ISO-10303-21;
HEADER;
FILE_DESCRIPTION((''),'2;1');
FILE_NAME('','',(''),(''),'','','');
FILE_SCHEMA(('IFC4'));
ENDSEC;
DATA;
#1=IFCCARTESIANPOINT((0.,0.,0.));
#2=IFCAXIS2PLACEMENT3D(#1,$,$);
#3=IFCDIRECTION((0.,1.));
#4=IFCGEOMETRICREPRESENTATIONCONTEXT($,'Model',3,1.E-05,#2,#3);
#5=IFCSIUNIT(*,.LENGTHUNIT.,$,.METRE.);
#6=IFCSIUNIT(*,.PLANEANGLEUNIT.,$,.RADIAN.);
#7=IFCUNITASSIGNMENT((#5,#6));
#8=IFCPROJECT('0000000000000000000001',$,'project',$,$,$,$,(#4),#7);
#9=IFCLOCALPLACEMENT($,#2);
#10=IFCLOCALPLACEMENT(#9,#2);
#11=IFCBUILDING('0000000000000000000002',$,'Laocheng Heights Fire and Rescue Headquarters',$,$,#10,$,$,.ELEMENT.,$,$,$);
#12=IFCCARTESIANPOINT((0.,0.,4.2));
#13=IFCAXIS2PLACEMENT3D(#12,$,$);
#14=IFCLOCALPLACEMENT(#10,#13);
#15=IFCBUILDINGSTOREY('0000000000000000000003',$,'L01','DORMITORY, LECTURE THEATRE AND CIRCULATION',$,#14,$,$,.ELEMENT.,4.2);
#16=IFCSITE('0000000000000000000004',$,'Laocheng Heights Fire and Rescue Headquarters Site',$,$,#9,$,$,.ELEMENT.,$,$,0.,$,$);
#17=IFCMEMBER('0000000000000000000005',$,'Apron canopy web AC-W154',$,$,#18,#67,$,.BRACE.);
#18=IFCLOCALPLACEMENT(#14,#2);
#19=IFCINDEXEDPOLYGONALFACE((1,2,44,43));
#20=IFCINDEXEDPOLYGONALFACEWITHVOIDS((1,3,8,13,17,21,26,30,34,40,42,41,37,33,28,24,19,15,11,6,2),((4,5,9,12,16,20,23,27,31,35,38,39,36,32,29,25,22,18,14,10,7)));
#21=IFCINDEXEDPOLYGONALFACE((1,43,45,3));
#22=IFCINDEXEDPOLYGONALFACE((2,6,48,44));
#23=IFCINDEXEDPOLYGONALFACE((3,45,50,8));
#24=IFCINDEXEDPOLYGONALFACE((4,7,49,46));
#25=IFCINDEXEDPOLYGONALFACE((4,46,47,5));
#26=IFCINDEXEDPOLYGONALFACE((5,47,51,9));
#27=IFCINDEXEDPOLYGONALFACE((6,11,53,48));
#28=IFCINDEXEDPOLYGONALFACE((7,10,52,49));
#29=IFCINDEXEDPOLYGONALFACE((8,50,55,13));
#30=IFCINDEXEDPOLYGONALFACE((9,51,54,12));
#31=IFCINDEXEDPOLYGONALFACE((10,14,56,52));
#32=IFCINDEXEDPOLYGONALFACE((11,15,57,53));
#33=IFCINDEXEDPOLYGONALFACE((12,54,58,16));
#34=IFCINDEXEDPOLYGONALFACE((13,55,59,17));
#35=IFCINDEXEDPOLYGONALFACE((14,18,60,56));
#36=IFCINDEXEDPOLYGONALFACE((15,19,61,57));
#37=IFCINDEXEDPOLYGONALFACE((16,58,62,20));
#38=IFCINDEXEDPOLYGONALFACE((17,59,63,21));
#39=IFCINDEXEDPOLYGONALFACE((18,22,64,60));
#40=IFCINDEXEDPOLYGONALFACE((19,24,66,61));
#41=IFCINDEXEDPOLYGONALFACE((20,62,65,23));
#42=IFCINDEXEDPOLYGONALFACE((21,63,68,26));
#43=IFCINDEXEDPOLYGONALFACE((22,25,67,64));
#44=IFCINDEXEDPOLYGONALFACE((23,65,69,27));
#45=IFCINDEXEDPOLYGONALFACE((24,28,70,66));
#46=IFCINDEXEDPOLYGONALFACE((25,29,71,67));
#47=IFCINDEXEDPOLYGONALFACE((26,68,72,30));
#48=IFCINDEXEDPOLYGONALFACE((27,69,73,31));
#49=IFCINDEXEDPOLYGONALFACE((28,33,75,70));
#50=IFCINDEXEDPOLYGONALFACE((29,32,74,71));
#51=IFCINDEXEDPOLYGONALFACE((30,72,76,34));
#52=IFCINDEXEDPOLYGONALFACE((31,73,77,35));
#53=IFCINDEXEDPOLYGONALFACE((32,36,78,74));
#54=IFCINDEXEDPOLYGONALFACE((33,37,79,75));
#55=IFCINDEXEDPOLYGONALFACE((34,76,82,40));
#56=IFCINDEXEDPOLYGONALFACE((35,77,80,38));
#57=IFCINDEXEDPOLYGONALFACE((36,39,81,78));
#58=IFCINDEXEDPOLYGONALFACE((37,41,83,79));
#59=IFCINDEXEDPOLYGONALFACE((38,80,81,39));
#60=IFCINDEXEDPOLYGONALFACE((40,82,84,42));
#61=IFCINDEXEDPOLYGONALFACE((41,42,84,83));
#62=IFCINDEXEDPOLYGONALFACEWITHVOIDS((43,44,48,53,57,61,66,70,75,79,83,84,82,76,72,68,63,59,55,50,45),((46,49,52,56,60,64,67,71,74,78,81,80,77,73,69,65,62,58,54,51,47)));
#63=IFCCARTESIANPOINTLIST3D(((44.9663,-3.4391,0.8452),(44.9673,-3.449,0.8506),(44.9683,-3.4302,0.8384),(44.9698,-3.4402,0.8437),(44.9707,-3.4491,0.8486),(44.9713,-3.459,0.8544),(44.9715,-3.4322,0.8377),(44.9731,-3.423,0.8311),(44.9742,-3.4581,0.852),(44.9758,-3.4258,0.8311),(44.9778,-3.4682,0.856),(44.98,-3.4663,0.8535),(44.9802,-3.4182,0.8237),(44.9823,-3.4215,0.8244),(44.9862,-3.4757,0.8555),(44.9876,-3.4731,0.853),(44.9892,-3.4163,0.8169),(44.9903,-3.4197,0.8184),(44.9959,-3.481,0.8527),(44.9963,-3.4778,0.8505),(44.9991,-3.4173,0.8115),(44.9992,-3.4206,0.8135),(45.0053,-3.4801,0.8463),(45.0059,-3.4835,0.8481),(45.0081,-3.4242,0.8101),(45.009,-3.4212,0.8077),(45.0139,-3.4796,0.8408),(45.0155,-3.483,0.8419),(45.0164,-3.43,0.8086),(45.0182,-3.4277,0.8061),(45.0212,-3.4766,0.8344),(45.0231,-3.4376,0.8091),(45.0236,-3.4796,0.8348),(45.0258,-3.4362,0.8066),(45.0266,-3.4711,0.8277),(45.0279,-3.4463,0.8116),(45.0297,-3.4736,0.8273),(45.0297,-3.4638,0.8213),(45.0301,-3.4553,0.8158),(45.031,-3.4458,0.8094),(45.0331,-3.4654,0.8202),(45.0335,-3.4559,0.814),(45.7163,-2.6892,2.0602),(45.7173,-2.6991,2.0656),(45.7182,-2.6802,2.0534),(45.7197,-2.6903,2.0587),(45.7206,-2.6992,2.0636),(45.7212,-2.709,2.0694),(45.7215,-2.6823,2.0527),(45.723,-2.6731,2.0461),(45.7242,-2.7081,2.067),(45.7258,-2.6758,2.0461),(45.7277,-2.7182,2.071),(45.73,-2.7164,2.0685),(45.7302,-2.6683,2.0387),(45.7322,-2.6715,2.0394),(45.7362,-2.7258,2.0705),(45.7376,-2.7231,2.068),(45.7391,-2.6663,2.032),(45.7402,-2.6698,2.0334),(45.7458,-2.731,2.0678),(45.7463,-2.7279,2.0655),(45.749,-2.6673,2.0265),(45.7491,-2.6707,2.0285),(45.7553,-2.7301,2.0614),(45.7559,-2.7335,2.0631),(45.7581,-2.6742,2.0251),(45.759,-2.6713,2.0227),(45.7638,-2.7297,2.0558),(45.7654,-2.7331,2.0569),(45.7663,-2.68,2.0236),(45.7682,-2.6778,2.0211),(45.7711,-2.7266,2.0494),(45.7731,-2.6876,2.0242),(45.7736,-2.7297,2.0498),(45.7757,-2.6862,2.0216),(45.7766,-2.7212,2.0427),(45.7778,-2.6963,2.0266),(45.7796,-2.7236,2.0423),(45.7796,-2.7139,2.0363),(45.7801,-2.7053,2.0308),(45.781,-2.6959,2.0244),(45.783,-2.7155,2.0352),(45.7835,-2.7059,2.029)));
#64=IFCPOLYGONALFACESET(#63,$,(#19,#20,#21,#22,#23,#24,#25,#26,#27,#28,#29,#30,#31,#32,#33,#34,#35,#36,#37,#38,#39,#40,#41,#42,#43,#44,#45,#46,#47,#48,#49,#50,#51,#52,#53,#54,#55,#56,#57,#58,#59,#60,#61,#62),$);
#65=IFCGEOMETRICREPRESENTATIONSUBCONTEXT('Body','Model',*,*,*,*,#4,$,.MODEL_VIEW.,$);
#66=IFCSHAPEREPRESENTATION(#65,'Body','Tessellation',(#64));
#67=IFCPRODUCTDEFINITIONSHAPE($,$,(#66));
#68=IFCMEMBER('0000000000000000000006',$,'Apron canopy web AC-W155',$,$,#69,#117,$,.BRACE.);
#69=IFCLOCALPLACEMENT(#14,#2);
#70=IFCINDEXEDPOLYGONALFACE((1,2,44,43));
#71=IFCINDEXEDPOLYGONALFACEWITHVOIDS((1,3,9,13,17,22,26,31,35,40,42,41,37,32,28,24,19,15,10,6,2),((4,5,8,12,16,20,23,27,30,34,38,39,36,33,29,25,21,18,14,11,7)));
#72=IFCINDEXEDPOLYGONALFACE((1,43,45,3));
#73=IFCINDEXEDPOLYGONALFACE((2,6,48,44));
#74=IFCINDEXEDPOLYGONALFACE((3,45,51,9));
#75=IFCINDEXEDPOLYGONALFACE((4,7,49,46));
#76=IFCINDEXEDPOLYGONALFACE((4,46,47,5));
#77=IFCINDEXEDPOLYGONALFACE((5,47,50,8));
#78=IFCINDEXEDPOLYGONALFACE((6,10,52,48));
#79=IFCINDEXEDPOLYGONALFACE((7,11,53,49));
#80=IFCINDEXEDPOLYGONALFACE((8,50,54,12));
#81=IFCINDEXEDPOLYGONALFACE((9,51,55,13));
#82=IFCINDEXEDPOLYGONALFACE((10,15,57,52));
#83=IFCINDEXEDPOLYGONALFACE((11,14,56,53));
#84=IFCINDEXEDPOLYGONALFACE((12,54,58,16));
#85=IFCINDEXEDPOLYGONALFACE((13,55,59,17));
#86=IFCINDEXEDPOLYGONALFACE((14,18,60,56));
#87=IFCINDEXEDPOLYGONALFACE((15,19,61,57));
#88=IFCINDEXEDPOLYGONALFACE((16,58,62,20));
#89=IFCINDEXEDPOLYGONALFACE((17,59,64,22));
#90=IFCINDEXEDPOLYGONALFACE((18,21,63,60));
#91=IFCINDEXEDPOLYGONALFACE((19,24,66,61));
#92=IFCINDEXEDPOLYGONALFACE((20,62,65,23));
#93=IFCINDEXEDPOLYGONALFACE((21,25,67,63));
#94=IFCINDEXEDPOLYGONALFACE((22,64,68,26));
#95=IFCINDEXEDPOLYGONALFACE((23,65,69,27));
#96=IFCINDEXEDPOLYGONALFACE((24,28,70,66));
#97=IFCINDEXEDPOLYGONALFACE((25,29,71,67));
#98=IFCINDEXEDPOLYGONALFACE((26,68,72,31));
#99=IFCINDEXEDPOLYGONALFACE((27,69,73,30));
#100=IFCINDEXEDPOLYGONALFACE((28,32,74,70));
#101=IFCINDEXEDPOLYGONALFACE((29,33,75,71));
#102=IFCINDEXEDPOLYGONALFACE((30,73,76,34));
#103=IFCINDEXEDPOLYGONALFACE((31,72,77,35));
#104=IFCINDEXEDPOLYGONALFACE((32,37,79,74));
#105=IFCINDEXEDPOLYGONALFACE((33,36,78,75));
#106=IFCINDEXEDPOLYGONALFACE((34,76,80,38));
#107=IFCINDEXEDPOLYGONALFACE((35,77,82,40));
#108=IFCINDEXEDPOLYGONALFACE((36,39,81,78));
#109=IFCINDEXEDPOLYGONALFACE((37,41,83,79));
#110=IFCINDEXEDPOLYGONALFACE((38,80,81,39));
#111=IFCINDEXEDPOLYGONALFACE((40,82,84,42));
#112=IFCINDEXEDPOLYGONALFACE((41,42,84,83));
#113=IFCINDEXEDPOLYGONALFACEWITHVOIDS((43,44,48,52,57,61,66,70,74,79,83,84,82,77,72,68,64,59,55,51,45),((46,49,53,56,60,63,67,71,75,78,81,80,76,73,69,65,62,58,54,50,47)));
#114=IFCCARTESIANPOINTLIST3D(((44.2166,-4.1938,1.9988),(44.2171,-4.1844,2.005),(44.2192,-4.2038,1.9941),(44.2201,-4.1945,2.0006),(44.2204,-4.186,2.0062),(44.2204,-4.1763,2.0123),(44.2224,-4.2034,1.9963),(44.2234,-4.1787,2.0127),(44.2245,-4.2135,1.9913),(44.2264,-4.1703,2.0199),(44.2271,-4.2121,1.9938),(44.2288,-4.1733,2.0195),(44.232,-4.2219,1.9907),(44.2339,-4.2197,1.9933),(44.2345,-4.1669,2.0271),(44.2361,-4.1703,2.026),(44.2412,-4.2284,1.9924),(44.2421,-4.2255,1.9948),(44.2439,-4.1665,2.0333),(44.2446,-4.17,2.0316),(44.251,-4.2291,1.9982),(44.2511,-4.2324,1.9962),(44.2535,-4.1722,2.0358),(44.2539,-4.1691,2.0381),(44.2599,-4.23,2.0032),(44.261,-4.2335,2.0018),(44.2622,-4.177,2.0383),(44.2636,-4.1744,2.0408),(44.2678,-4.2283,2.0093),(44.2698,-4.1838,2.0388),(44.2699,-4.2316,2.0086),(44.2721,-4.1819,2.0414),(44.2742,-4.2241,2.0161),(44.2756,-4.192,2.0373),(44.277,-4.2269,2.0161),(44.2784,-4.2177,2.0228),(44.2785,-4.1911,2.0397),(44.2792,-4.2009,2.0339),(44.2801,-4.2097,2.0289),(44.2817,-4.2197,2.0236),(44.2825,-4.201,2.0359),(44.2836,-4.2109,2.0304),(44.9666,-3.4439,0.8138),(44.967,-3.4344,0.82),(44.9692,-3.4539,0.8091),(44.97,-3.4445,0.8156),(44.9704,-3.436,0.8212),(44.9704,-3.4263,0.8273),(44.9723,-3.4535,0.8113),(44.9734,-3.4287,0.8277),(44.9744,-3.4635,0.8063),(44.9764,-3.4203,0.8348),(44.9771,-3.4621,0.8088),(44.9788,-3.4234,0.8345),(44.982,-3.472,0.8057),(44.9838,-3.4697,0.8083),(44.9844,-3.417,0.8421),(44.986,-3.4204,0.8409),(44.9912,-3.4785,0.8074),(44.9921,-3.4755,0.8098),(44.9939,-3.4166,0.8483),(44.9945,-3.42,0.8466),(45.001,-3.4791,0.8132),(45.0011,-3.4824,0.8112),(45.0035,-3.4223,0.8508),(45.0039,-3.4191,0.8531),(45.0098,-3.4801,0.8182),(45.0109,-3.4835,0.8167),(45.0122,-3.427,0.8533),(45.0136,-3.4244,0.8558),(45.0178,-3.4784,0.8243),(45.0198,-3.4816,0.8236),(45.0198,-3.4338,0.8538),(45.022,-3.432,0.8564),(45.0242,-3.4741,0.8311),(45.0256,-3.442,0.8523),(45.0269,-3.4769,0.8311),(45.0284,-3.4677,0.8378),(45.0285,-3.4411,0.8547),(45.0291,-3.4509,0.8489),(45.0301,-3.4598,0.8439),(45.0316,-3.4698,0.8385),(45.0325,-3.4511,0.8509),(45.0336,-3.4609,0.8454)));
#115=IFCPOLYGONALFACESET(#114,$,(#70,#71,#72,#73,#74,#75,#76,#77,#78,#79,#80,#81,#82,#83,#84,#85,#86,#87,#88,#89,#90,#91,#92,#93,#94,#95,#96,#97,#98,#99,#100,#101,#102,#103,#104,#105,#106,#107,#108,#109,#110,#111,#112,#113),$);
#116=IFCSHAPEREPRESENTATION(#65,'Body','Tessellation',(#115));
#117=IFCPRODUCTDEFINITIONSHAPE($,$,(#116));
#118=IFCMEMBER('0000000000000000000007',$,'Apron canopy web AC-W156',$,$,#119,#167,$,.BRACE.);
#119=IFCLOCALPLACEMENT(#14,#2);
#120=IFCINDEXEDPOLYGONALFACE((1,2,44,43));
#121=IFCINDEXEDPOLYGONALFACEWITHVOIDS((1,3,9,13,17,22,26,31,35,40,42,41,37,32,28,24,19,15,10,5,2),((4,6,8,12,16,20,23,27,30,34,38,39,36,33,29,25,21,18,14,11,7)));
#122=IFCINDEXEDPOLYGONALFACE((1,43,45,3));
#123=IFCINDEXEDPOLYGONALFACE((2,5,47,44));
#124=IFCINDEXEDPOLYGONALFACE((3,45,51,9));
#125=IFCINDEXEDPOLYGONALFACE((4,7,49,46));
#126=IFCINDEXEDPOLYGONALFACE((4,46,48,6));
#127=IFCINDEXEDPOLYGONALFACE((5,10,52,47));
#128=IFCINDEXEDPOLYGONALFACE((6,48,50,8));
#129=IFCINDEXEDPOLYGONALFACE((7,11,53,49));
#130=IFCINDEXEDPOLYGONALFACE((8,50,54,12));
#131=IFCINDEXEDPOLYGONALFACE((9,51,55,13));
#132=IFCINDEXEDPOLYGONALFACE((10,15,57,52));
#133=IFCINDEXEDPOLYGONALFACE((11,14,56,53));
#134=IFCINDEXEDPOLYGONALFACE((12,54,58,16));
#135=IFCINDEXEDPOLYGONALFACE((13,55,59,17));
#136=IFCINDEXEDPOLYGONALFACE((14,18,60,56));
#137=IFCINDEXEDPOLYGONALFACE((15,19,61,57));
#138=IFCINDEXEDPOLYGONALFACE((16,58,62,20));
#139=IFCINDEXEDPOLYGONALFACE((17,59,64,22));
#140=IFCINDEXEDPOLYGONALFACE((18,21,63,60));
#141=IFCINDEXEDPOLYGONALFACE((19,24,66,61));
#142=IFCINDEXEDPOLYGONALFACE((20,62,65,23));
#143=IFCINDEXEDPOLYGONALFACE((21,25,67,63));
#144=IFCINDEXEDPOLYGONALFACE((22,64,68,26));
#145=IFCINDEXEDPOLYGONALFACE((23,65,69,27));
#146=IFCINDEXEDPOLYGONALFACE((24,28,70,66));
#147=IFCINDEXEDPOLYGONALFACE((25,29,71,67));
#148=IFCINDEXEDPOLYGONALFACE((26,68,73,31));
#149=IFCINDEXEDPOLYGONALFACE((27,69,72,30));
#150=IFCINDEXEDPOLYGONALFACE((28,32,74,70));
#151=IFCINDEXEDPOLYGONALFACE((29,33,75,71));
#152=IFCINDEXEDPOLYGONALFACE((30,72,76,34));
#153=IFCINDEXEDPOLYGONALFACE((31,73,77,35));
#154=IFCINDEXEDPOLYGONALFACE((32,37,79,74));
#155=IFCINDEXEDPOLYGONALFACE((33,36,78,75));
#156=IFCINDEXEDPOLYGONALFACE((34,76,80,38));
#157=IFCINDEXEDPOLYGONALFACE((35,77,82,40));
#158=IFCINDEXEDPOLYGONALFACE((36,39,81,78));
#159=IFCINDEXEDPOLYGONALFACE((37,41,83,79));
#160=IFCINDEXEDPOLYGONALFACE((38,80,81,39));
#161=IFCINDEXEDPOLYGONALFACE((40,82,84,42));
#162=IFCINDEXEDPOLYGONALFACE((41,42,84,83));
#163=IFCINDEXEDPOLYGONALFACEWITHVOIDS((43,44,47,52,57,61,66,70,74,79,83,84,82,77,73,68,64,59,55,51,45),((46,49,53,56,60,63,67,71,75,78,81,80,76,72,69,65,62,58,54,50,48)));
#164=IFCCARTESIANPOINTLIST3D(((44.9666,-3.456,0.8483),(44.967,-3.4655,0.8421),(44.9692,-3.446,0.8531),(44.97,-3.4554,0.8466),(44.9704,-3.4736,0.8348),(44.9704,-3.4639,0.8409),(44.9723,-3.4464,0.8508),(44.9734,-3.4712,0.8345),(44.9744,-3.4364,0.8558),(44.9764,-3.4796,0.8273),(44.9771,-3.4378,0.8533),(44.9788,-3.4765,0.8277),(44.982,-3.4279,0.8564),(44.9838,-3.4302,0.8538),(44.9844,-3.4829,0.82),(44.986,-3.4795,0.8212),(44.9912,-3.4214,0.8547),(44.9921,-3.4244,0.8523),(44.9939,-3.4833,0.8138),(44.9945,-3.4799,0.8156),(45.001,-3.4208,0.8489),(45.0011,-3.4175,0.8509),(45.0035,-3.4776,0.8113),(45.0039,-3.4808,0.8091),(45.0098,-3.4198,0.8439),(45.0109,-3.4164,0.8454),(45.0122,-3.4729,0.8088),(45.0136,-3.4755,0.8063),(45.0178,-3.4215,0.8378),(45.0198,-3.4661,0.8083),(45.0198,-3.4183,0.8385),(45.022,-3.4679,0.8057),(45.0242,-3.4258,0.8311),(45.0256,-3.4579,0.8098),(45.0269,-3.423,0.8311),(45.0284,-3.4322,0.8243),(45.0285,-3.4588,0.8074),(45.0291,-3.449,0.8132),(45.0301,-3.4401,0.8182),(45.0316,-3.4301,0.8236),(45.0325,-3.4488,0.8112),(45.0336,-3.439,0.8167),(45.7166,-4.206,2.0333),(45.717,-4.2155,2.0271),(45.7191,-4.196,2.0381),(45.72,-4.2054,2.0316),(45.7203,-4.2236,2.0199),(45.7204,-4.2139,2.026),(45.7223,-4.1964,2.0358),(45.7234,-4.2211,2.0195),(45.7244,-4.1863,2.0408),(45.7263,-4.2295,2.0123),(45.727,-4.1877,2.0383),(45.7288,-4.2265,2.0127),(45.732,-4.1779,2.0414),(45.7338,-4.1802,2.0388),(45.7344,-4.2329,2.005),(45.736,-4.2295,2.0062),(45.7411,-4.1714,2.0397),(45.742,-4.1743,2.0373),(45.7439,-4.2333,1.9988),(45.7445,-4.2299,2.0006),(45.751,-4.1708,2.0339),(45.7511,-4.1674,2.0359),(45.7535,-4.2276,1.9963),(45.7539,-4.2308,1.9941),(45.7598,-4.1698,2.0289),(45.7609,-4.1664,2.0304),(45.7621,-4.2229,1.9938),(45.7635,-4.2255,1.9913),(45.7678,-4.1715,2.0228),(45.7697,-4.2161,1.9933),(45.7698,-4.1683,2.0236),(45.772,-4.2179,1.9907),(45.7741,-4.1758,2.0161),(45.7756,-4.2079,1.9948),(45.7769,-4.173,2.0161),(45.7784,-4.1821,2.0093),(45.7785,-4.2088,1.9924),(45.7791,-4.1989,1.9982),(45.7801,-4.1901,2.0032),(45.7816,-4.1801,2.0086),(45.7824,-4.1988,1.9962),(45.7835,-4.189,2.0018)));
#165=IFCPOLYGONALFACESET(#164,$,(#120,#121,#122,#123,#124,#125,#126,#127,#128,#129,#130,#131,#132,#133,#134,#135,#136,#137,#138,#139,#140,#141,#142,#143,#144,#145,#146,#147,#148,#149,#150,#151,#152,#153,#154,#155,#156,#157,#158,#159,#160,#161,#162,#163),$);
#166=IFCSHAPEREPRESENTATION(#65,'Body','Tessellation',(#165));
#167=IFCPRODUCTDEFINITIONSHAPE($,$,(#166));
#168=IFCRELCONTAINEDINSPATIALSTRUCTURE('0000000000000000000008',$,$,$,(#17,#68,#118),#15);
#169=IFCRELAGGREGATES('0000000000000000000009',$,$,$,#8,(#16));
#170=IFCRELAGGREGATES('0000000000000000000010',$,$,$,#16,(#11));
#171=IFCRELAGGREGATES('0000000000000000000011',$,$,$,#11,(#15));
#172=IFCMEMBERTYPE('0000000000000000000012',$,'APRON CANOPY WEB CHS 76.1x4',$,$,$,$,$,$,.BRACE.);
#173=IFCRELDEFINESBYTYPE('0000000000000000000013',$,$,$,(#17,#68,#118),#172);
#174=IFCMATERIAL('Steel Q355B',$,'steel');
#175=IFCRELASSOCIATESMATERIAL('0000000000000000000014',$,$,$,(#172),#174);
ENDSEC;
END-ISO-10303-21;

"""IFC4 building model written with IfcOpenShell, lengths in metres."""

from ifc_helpers import new_model, si_unit, direction, frame, origin, origin_2d, place, context, subcontext, project, spatial, hollow_circle, extrude, material, material_profile, profile_set, type_object, element, save


model = new_model("IFC4")

# Units and contexts
model_context = context("Model", 3, precision=1e-05, world=origin(), true_north=direction((0.0, 1.0)))
body_context = subcontext(model_context, "Body", "Model", "MODEL_VIEW")
ifc_project = project(units=[si_unit("LENGTHUNIT", "METRE"), si_unit("PLANEANGLEUNIT", "RADIAN")], contexts=[model_context])

# Site, building, storey
site_placement = place(None, origin())
site = spatial("IfcSite", under=ifc_project, at=site_placement, Name="Laocheng Heights Fire and Rescue Headquarters Site", CompositionType="ELEMENT", RefElevation=0.0)
building_placement = place(site_placement, origin())
building = spatial("IfcBuilding", under=site, at=building_placement, Name="Laocheng Heights Fire and Rescue Headquarters", CompositionType="ELEMENT")
storey_placement = place(building_placement, frame((0.0, 0.0, 4.2)))
storey = spatial("IfcBuildingStorey", under=building, at=storey_placement, Name="L01", Description="DORMITORY, LECTURE THEATRE AND CIRCULATION", CompositionType="ELEMENT", Elevation=4.2)

# Members
ifc_material_1 = material(Name="Steel Q355B", Category="steel")
ifc_material_profile_1 = material_profile(ifc_material_1, hollow_circle(Radius=0.0381, WallThickness=0.0039, at=origin_2d()), Name="CHS 76.1x4")
ifc_profile_set_1 = profile_set([ifc_material_profile_1], Name="Steel Q355B")
member_type_1 = type_object("IfcMemberType", Name="APRON CANOPY WEB CHS 76.1x4", PredefinedType="BRACE", material=ifc_profile_set_1)
for number, where, z_axis, x_axis, name in (
    (1, (45.0, -3.45, 0.8311), (0.465002, 0.465002, 0.753357), (-0.707107, 0.707107, 0.0), "Apron canopy web AC-W154"),
):
    element("IfcMember", number, at=place(storey_placement, frame(where, z_axis=z_axis, x_axis=x_axis)), inside=storey, type_object=member_type_1, Name=name, PredefinedType="BRACE", context=body_context, shape_type="SweptSolid", body=[
        extrude(hollow_circle(Radius=0.0381, WallThickness=0.0039, at=origin_2d()), origin(), (0.0, 0.0, 1.0), 1.6128),
    ])
for number, where, z_axis, x_axis, name in (
    (2, (45.0, -3.45, 0.8311), (-0.47158, -0.47158, 0.745134), (0.707107, -0.707107, 0.0), "Apron canopy web AC-W155"),
    (3, (45.0, -3.45, 0.8311), (0.47158, -0.47158, 0.745134), (0.707107, 0.707107, 0.0), "Apron canopy web AC-W156"),
):
    element("IfcMember", number, at=place(storey_placement, frame(where, z_axis=z_axis, x_axis=x_axis)), inside=storey, type_object=member_type_1, Name=name, PredefinedType="BRACE", context=body_context, shape_type="SweptSolid", body=[
        extrude(hollow_circle(Radius=0.0381, WallThickness=0.0039, at=origin_2d()), origin(), (0.0, 0.0, 1.0), 1.5903),
    ])

save(model, "model.ifc")
